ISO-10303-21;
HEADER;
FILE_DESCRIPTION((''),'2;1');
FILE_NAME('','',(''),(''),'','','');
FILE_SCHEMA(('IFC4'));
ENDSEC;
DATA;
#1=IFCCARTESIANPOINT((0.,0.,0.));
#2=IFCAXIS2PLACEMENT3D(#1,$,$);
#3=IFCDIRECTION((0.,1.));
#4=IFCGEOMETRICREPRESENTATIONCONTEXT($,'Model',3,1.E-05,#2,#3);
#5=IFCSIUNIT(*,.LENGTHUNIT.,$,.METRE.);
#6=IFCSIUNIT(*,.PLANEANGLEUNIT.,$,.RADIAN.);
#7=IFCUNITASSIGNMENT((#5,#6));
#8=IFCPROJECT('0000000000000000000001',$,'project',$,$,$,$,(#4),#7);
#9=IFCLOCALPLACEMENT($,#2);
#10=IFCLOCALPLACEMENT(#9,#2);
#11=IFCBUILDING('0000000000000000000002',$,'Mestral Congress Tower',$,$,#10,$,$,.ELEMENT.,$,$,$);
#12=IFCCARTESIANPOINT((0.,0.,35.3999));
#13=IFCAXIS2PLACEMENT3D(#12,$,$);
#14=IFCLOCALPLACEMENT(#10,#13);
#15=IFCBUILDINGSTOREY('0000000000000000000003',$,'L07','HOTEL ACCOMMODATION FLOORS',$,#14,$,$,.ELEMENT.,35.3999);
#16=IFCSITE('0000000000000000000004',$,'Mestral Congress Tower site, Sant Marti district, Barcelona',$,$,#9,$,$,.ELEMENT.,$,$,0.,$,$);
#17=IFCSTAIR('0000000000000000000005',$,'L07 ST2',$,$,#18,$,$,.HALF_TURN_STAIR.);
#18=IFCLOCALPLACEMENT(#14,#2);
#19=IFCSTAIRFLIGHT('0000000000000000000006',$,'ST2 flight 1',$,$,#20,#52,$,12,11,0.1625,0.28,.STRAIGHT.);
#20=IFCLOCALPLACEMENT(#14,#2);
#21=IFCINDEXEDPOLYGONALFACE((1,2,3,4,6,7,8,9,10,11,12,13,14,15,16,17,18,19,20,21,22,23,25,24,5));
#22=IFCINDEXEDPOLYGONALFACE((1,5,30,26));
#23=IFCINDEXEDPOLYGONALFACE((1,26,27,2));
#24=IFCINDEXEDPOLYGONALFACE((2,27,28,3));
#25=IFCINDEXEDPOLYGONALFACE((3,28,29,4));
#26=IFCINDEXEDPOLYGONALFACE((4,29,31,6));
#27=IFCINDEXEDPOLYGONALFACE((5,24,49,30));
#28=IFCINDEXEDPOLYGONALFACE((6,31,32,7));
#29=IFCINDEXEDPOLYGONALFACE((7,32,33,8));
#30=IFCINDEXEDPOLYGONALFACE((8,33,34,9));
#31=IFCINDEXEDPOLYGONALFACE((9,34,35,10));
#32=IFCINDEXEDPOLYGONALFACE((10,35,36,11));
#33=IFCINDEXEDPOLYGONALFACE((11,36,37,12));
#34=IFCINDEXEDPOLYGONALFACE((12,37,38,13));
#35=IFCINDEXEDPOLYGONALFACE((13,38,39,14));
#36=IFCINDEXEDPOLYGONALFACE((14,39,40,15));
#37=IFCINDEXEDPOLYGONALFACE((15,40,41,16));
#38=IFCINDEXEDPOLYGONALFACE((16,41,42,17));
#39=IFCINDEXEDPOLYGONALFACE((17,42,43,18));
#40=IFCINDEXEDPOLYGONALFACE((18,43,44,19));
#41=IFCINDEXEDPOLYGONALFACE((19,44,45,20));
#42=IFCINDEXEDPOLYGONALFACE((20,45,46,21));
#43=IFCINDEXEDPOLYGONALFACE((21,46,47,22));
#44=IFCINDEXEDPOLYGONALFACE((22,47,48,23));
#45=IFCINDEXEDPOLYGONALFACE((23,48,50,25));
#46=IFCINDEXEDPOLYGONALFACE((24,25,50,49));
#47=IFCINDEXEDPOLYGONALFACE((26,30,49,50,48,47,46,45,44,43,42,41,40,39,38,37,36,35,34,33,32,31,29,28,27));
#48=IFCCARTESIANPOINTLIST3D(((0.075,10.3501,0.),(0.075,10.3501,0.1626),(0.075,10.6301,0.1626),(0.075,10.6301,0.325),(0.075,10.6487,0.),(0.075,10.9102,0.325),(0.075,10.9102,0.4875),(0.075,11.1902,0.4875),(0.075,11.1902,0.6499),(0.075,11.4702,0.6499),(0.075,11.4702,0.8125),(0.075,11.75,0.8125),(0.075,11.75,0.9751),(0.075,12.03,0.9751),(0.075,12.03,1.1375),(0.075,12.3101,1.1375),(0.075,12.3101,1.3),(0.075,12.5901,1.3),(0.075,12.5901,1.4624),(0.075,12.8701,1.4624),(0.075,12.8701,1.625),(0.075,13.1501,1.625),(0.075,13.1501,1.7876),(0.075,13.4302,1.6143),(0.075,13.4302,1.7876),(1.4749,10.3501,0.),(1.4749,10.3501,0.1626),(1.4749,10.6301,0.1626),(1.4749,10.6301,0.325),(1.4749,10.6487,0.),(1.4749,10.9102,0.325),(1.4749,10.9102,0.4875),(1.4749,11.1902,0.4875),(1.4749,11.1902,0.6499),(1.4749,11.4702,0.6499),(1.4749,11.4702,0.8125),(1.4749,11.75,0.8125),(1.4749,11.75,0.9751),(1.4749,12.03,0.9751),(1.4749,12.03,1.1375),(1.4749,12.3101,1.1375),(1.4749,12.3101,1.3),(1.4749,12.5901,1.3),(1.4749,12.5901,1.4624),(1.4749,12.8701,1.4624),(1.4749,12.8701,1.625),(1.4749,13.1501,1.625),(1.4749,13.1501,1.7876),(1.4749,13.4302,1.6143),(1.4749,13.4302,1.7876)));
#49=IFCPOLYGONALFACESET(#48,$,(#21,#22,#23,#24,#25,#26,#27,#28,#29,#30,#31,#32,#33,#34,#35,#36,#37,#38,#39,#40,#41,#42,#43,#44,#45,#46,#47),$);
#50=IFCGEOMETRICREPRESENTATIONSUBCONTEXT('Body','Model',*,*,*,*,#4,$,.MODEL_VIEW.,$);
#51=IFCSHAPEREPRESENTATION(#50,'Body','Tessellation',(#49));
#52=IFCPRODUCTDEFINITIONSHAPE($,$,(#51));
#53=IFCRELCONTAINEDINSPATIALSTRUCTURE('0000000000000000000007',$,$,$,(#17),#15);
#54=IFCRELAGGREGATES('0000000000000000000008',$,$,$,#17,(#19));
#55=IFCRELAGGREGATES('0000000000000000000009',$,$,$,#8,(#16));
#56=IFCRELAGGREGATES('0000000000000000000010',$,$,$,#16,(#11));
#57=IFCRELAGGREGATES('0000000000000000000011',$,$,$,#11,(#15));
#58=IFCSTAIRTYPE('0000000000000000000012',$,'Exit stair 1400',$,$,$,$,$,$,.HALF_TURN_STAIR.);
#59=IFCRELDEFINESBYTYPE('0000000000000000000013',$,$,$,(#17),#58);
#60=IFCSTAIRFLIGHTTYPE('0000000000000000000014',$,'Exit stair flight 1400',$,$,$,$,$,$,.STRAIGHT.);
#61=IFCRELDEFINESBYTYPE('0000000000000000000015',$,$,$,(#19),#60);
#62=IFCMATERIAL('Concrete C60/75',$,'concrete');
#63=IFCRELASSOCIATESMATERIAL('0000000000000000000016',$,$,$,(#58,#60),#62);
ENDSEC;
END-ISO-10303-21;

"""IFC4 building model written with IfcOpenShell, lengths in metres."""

from ifc_helpers import new_model, si_unit, direction, frame, origin, place, context, subcontext, project, spatial, polyline, outline, extrude, material, type_object, element, aggregate, save


model = new_model("IFC4")

# Units and contexts
model_context = context("Model", 3, precision=1e-05, world=origin(), true_north=direction((0.0, 1.0)))
body_context = subcontext(model_context, "Body", "Model", "MODEL_VIEW")
ifc_project = project(units=[si_unit("LENGTHUNIT", "METRE"), si_unit("PLANEANGLEUNIT", "RADIAN")], contexts=[model_context])

# Site, building, storey
site_placement = place(None, origin())
site = spatial("IfcSite", under=ifc_project, at=site_placement, Name="Mestral Congress Tower site, Sant Marti district, Barcelona", CompositionType="ELEMENT", RefElevation=0.0)
building_placement = place(site_placement, origin())
building = spatial("IfcBuilding", under=site, at=building_placement, Name="Mestral Congress Tower", CompositionType="ELEMENT")
storey_placement = place(building_placement, frame((0.0, 0.0, 35.3999)))
storey = spatial("IfcBuildingStorey", under=building, at=storey_placement, Name="L07", Description="HOTEL ACCOMMODATION FLOORS", CompositionType="ELEMENT", Elevation=35.3999)

# Shared definitions
ifc_material_1 = material(Name="Concrete C60/75", Category="concrete")

# Stair, stair flight
stair_type = type_object("IfcStairType", Name="Exit stair 1400", PredefinedType="HALF_TURN_STAIR", material=ifc_material_1)
stair_placement = place(storey_placement, origin())
stair = element("IfcStair", 1, at=stair_placement, inside=storey, type_object=stair_type, Name="L07 ST2", PredefinedType="HALF_TURN_STAIR")
stair_flight_type = type_object("IfcStairFlightType", Name="Exit stair flight 1400", PredefinedType="STRAIGHT", material=ifc_material_1)
stair_flight_placement = place(storey_placement, frame((0.7749, 10.3501, 0.0), z_axis=(0.0, 0.0, 1.0), x_axis=(0.0, 1.0, 0.0)))
stair_flight = element("IfcStairFlight", 2, at=stair_flight_placement, type_object=stair_flight_type, Name="ST2 flight 1", NumberOfRisers=12, NumberOfTreads=11, PredefinedType="STRAIGHT", RiserHeight=0.1625, TreadLength=0.28, context=body_context, shape_type="SweptSolid", body=[
    extrude(outline(polyline([(0.0, 0.0), (0.0, 0.1626), (0.28, 0.1626), (0.28, 0.325), (0.5601, 0.325), (0.5601, 0.4875), (0.8401, 0.4875), (0.8401, 0.6499), (1.1201, 0.6499), (1.1201, 0.8125), (1.3999, 0.8125), (1.3999, 0.9751), (1.6799, 0.9751), (1.6799, 1.1375), (1.96, 1.1375), (1.96, 1.3), (2.24, 1.3), (2.24, 1.4624), (2.52, 1.4624), (2.52, 1.625), (2.8, 1.625), (2.8, 1.7876), (3.0801, 1.7876), (3.0801, 1.95), (3.0801, 1.6143), (0.2986, 0.0), (0.0, 0.0)])), frame((0.0, 0.7, 0.0), z_axis=(0.0, -1.0, 0.0), x_axis=(1.0, 0.0, 0.0)), (0.0, 0.0, 1.0), 1.3999),
])
aggregate(stair, [stair_flight])

save(model, "model.ifc")
